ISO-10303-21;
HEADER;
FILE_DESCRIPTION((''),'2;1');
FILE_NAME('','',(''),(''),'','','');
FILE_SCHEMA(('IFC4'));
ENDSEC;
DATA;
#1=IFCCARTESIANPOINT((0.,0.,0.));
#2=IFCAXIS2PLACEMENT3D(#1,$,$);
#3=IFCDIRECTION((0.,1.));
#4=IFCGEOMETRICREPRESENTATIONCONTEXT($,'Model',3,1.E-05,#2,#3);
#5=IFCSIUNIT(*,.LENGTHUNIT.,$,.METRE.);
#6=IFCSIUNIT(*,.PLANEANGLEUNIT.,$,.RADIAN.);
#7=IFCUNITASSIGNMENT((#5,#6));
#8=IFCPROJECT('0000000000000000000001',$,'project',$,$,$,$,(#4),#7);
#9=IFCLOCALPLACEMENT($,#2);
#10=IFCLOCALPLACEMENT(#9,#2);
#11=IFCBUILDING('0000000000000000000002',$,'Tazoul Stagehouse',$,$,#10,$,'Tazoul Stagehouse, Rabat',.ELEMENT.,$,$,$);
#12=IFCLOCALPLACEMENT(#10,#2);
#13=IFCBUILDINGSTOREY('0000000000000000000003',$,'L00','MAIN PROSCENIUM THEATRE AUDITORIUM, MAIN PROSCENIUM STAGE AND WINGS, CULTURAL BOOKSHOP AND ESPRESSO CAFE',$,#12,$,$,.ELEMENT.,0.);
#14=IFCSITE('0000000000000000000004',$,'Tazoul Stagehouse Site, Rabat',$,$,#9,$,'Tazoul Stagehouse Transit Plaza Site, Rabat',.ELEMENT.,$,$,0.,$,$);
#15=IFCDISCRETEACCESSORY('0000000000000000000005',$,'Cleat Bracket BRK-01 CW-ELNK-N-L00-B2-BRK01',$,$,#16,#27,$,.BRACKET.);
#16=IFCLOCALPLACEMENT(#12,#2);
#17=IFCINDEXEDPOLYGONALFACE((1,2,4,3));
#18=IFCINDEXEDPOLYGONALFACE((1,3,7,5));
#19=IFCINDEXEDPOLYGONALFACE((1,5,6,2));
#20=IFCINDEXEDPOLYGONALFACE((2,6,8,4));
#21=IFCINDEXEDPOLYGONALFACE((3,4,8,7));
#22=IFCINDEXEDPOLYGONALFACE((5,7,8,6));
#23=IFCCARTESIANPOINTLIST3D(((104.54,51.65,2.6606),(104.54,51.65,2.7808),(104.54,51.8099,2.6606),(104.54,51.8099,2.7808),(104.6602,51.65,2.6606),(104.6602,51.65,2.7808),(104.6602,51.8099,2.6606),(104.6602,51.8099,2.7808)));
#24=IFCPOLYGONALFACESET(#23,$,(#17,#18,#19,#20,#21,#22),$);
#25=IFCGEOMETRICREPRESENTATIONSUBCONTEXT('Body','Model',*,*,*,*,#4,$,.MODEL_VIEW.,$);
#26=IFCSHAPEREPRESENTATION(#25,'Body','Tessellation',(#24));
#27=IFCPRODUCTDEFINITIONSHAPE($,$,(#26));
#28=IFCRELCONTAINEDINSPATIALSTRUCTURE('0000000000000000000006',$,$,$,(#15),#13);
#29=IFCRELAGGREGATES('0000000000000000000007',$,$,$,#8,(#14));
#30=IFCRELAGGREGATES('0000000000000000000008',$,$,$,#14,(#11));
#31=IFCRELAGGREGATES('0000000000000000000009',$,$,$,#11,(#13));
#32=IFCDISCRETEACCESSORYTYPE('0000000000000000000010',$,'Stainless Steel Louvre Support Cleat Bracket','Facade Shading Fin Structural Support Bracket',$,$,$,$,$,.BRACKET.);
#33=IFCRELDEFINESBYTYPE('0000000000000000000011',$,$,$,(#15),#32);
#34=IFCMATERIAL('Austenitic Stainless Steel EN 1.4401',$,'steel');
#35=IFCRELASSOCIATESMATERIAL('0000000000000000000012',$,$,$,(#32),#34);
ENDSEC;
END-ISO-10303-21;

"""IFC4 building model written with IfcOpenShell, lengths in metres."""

from ifc_helpers import new_model, si_unit, direction, frame, origin, origin_2d, place, context, subcontext, project, spatial, rectangle, extrude, material, type_object, element, save


model = new_model("IFC4")

# Units and contexts
model_context = context("Model", 3, precision=1e-05, world=origin(), true_north=direction((0.0, 1.0)))
body_context = subcontext(model_context, "Body", "Model", "MODEL_VIEW")
ifc_project = project(units=[si_unit("LENGTHUNIT", "METRE"), si_unit("PLANEANGLEUNIT", "RADIAN")], contexts=[model_context])

# Site, building, storey
site_placement = place(None, origin())
building_placement = place(site_placement, origin())
storey_placement = place(building_placement, origin())
site = spatial("IfcSite", under=ifc_project, at=site_placement, Name="Tazoul Stagehouse Site, Rabat", LongName="Tazoul Stagehouse Transit Plaza Site, Rabat", CompositionType="ELEMENT", RefElevation=0.0)
building = spatial("IfcBuilding", under=site, at=building_placement, Name="Tazoul Stagehouse", LongName="Tazoul Stagehouse, Rabat", CompositionType="ELEMENT")
storey = spatial("IfcBuildingStorey", under=building, at=storey_placement, Name="L00", Description="MAIN PROSCENIUM THEATRE AUDITORIUM, MAIN PROSCENIUM STAGE AND WINGS, CULTURAL BOOKSHOP AND ESPRESSO CAFE", CompositionType="ELEMENT", Elevation=0.0)

# Discrete accessory
ifc_material_1 = material(Name="Austenitic Stainless Steel EN 1.4401", Category="steel")
discrete_accessory_type = type_object("IfcDiscreteAccessoryType", Name="Stainless Steel Louvre Support Cleat Bracket", Description="Facade Shading Fin Structural Support Bracket", PredefinedType="BRACKET", material=ifc_material_1)
discrete_accessory_placement = place(storey_placement, frame((104.6001, 51.73, 2.6606), z_axis=(0.0, 0.0, 1.0), x_axis=(1.0, 0.0, 0.0)))
element("IfcDiscreteAccessory", 1, at=discrete_accessory_placement, inside=storey, type_object=discrete_accessory_type, Name="Cleat Bracket BRK-01 CW-ELNK-N-L00-B2-BRK01", PredefinedType="BRACKET", context=body_context, shape_type="SweptSolid", body=[
    extrude(rectangle(XDim=0.1201, YDim=0.1599, at=origin_2d()), origin(), (0.0, 0.0, 1.0), 0.1201),
])

save(model, "model.ifc")
